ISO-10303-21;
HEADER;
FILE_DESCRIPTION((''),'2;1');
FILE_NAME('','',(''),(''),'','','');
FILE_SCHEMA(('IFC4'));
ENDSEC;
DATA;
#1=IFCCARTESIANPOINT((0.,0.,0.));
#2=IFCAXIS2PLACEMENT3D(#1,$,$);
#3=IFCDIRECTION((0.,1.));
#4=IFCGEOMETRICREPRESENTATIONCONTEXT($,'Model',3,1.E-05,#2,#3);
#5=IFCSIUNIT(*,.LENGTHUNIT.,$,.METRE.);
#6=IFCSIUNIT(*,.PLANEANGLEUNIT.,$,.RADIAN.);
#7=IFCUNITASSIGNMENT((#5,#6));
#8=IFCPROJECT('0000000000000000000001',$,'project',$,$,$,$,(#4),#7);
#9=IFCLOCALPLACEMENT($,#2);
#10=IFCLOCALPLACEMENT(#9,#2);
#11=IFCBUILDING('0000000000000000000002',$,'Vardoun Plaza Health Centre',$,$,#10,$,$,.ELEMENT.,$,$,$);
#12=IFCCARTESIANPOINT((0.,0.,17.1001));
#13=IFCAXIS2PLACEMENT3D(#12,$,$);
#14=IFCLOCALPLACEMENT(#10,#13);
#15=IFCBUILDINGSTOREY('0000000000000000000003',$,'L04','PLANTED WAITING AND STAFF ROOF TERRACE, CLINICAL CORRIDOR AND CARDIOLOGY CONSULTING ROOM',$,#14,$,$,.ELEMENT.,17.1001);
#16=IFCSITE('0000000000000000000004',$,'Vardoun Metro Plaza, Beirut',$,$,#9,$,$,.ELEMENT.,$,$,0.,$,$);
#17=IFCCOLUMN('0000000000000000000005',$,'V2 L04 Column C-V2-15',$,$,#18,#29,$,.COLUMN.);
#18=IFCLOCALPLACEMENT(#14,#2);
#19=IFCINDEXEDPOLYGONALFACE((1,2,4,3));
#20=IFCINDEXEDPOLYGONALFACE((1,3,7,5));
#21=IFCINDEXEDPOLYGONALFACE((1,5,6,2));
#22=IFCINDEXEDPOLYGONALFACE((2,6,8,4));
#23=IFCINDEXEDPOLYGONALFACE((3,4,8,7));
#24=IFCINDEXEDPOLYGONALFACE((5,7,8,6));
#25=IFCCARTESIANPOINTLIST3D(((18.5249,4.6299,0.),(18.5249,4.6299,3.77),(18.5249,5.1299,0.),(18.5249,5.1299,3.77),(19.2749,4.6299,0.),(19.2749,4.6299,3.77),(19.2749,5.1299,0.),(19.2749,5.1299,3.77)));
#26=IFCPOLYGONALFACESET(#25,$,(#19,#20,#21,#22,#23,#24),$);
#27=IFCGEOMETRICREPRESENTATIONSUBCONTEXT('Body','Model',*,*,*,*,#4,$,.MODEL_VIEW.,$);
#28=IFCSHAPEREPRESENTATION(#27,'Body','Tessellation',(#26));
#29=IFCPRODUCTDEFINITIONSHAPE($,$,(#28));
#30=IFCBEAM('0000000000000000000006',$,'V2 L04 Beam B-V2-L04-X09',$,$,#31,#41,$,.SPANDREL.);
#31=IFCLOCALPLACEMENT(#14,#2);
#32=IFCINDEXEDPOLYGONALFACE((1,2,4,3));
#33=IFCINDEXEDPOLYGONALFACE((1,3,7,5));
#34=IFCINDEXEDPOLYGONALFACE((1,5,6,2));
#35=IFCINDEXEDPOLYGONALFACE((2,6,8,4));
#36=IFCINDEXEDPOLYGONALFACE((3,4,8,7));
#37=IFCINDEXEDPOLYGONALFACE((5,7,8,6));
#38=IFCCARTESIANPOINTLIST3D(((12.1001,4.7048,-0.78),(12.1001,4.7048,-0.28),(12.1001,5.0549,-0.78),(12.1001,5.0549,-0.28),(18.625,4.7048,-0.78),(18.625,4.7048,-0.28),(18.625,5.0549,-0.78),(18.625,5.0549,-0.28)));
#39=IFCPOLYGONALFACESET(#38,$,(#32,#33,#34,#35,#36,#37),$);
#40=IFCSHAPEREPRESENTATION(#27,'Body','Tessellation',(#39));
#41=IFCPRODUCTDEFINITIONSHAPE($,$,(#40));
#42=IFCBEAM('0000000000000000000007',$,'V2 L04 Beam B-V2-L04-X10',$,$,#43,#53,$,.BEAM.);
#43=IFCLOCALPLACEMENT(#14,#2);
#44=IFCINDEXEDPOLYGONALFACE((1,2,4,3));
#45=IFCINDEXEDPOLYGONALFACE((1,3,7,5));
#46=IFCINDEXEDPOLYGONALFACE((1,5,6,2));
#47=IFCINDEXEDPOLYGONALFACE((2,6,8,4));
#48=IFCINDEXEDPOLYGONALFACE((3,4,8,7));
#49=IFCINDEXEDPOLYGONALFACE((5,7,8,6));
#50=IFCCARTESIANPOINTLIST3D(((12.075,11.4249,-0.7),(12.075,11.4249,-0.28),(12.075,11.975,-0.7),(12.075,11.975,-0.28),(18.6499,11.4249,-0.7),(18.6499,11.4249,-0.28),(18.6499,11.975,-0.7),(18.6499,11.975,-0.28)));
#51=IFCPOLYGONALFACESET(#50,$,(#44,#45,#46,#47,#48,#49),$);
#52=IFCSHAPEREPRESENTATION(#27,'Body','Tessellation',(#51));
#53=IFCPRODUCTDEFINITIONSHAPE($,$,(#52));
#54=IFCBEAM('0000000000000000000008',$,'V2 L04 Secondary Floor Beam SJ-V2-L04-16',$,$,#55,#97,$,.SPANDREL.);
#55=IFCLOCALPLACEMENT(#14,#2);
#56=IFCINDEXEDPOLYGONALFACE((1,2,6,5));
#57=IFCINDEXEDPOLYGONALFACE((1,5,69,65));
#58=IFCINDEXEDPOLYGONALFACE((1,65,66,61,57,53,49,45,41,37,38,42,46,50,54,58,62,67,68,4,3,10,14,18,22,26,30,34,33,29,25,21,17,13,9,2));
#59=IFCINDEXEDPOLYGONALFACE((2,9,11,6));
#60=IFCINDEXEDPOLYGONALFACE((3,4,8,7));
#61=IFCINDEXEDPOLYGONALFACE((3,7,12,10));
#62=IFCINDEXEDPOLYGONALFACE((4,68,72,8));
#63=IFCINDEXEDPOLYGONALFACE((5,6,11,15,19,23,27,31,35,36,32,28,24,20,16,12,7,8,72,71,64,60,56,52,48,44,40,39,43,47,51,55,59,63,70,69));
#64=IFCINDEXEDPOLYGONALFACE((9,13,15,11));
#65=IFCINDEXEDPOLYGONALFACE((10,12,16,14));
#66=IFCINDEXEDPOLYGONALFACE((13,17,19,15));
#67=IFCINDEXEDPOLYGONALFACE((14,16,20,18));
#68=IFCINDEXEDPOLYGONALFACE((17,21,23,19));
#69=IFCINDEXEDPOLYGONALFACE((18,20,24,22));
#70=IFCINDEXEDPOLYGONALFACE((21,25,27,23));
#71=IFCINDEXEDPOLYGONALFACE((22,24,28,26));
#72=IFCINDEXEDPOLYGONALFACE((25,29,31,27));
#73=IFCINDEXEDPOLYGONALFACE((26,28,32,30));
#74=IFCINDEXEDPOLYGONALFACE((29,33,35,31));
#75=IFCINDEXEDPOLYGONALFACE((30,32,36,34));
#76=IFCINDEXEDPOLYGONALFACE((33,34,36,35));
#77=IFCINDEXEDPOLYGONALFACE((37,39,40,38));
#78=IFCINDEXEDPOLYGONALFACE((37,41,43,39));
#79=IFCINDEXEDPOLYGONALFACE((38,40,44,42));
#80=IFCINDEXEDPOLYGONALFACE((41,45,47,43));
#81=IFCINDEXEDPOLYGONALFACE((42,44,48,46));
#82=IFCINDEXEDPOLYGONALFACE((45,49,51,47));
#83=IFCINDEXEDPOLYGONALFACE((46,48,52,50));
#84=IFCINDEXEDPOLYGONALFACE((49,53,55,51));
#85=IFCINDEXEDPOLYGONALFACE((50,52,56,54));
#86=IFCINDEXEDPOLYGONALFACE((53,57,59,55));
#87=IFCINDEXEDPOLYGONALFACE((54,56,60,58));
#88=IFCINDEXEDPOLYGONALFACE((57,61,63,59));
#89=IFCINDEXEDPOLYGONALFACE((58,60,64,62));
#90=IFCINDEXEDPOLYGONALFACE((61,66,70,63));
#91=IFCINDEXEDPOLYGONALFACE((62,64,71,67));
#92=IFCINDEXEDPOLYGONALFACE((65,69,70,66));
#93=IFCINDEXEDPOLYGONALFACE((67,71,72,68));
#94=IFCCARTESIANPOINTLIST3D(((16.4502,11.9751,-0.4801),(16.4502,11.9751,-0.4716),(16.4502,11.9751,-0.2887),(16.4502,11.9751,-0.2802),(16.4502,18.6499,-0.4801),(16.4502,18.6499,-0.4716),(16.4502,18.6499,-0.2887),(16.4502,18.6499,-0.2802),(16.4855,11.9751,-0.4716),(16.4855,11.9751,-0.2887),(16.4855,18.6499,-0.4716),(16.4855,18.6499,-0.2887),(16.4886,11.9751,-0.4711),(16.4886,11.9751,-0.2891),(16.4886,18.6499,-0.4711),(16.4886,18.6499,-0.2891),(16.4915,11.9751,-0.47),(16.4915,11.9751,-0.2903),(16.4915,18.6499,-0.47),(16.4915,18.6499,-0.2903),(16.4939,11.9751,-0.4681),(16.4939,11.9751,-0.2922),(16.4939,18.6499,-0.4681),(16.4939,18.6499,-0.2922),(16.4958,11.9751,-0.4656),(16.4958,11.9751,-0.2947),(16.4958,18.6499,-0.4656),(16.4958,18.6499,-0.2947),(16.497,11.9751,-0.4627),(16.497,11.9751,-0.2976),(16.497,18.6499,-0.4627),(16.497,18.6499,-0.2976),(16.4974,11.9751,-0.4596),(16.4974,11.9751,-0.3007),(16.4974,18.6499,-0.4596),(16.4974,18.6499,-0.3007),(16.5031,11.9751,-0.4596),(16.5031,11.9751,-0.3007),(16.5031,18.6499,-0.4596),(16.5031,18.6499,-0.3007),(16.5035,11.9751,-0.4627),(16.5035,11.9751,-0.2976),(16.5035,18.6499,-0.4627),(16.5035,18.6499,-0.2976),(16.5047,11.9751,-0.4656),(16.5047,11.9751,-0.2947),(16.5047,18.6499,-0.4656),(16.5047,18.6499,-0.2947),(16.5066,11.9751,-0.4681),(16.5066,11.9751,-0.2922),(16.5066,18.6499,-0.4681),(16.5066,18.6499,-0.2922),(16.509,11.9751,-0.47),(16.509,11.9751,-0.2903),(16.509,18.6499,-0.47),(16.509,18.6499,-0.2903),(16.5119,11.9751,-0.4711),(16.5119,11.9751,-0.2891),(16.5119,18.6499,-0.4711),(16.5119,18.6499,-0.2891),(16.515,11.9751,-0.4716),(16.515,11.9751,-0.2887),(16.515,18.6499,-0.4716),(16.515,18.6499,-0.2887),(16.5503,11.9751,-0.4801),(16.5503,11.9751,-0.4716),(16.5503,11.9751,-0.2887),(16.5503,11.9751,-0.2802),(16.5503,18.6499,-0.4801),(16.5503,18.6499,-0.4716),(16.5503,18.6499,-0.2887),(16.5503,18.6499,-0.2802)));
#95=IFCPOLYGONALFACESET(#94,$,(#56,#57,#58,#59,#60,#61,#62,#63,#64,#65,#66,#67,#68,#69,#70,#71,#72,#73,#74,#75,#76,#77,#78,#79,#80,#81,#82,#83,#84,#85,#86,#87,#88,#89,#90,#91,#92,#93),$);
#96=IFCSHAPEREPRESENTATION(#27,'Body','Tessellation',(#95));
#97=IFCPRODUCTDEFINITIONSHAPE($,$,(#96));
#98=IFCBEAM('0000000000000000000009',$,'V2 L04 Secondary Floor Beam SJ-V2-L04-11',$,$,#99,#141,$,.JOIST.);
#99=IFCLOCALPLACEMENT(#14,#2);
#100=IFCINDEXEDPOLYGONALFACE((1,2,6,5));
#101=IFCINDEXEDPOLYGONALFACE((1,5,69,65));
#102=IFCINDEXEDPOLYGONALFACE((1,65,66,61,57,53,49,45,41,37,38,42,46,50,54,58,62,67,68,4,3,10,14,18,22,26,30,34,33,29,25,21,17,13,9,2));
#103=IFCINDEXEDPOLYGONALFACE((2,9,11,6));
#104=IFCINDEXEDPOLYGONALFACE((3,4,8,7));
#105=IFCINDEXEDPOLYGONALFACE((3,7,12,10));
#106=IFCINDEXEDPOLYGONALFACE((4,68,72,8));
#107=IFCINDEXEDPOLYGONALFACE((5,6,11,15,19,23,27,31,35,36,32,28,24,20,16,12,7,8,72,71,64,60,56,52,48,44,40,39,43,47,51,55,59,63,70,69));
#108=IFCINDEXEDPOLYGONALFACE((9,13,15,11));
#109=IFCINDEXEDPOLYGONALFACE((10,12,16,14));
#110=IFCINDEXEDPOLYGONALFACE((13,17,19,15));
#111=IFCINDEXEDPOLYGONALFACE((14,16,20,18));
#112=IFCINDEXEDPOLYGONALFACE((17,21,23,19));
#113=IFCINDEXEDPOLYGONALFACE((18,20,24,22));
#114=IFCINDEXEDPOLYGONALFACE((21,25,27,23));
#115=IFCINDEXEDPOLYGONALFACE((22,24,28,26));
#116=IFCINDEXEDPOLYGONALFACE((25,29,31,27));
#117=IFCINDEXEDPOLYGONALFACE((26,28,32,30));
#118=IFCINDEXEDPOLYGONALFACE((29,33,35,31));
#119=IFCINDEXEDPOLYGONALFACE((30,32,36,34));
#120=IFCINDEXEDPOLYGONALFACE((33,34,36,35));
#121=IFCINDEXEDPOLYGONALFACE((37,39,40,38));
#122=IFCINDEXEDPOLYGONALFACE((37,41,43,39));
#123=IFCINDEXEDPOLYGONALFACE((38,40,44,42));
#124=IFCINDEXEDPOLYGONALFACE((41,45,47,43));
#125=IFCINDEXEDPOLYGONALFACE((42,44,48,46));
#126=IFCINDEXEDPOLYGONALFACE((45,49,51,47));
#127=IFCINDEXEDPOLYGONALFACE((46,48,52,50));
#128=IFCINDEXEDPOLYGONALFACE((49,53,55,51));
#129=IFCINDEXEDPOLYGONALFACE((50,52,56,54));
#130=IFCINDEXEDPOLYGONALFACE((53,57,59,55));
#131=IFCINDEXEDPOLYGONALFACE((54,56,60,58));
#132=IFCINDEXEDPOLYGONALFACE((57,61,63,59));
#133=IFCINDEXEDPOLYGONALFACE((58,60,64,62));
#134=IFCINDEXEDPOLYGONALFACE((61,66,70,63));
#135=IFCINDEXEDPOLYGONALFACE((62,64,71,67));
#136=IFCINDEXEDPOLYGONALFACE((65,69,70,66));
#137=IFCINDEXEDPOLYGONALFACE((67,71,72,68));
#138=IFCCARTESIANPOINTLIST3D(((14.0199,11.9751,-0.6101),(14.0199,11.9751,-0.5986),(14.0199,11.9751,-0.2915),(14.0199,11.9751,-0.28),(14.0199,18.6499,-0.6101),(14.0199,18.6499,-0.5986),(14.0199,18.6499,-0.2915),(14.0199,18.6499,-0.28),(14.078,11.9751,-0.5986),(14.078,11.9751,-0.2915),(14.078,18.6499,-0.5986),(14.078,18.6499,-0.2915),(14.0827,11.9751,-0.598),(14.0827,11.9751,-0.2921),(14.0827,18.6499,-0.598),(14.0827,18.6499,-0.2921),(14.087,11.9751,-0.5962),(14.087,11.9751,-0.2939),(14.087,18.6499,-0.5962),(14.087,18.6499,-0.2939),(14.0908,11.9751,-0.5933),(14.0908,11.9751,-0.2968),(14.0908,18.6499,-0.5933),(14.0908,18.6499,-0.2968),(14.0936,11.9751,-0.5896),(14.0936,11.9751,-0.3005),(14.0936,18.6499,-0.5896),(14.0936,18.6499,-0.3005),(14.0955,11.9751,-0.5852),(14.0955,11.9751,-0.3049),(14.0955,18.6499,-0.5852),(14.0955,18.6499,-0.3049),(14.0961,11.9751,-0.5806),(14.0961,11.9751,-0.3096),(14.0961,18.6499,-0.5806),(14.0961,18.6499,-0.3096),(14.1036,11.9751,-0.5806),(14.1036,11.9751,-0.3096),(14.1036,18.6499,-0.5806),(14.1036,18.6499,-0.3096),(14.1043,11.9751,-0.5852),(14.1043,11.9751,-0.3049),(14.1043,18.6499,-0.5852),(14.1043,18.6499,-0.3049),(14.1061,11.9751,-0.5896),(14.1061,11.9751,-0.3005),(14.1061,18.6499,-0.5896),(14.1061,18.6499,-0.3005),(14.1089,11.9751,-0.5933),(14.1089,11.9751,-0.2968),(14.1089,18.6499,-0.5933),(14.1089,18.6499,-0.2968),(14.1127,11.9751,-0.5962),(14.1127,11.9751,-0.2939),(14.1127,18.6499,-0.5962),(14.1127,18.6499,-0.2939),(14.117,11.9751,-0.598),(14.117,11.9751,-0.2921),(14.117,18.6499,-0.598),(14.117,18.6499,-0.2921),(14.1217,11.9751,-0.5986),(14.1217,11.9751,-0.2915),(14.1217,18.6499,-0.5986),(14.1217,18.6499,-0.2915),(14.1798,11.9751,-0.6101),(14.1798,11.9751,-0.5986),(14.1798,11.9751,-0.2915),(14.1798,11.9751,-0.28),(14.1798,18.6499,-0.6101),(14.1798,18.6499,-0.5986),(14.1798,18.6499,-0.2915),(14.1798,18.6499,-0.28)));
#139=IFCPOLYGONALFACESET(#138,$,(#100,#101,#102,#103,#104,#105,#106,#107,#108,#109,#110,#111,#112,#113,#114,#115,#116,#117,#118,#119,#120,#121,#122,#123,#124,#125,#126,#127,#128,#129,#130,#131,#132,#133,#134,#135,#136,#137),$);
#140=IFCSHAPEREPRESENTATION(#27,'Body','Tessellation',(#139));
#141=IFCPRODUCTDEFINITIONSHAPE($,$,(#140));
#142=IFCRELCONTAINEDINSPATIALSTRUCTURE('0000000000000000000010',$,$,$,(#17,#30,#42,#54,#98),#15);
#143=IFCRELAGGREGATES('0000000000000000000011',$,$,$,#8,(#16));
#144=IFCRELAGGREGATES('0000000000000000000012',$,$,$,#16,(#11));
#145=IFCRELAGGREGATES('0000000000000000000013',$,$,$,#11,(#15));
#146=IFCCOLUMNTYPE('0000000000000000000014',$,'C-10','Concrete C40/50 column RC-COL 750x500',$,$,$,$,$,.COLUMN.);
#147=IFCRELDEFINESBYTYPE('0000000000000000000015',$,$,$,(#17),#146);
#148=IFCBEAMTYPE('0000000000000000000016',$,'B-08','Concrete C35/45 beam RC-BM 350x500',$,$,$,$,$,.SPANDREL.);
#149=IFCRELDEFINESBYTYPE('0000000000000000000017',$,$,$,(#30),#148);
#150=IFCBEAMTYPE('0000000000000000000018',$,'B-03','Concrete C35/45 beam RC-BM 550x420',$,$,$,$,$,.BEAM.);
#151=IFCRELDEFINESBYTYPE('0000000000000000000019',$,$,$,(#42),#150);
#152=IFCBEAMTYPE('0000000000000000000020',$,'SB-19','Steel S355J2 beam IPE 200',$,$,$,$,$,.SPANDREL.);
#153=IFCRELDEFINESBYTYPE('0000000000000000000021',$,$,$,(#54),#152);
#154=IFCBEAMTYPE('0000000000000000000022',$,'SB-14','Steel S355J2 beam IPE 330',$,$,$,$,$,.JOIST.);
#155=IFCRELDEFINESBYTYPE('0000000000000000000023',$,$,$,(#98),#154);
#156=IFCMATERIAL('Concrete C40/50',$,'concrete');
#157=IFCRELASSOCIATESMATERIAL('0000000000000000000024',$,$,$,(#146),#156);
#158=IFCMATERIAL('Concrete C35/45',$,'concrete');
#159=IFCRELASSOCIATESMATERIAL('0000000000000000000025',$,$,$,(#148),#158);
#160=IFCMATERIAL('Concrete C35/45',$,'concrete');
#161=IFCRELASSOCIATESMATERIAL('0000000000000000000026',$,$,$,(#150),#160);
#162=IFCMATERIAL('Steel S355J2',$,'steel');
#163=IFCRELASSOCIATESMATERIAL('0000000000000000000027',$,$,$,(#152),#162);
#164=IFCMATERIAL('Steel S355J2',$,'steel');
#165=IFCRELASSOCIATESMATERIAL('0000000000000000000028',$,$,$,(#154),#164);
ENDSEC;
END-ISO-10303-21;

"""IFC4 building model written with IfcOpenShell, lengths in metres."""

from ifc_helpers import new_model, si_unit, direction, frame, origin, origin_2d, place, context, subcontext, project, spatial, rectangle, i_section, extrude, material, material_profile, profile_set, type_object, element, save


model = new_model("IFC4")

# Units and contexts
model_context = context("Model", 3, precision=1e-05, world=origin(), true_north=direction((0.0, 1.0)))
body_context = subcontext(model_context, "Body", "Model", "MODEL_VIEW")
ifc_project = project(units=[si_unit("LENGTHUNIT", "METRE"), si_unit("PLANEANGLEUNIT", "RADIAN")], contexts=[model_context])

# Site, building, storey
site_placement = place(None, origin())
site = spatial("IfcSite", under=ifc_project, at=site_placement, Name="Vardoun Metro Plaza, Beirut", CompositionType="ELEMENT", RefElevation=0.0)
building_placement = place(site_placement, origin())
building = spatial("IfcBuilding", under=site, at=building_placement, Name="Vardoun Plaza Health Centre", CompositionType="ELEMENT")
storey_placement = place(building_placement, frame((0.0, 0.0, 17.1001)))
storey = spatial("IfcBuildingStorey", under=building, at=storey_placement, Name="L04", Description="PLANTED WAITING AND STAFF ROOF TERRACE, CLINICAL CORRIDOR AND CARDIOLOGY CONSULTING ROOM", CompositionType="ELEMENT", Elevation=17.1001)

# Column
ifc_material_1 = material(Name="Concrete C40/50", Category="concrete")
ifc_material_profile_1 = material_profile(ifc_material_1, rectangle(XDim=0.75, YDim=0.5, at=origin_2d()), Name="RC-COL 750x500")
ifc_profile_set_1 = profile_set([ifc_material_profile_1], Name="Concrete C40/50")
column_type = type_object("IfcColumnType", Name="C-10", Description="Concrete C40/50 column RC-COL 750x500", PredefinedType="COLUMN", material=ifc_profile_set_1)
column_placement = place(storey_placement, frame((18.8999, 4.8799, 0.0), z_axis=(0.0, 0.0, 1.0), x_axis=(1.0, 0.0, 0.0)))
element("IfcColumn", 1, at=column_placement, inside=storey, type_object=column_type, Name="V2 L04 Column C-V2-15", PredefinedType="COLUMN", context=body_context, shape_type="SweptSolid", body=[
    extrude(rectangle(XDim=0.75, YDim=0.5, at=origin_2d()), origin(), (0.0, 0.0, 1.0), 3.77),
])

# Beams
ifc_material_2 = material(Name="Concrete C35/45", Category="concrete")
ifc_material_profile_2 = material_profile(ifc_material_2, rectangle(XDim=0.3501, YDim=0.5, at=origin_2d()), Name="RC-BM 350x500")
ifc_profile_set_2 = profile_set([ifc_material_profile_2], Name="Concrete C35/45")
beam_type_1 = type_object("IfcBeamType", Name="B-08", Description="Concrete C35/45 beam RC-BM 350x500", PredefinedType="SPANDREL", material=ifc_profile_set_2)
beam_1_placement = place(storey_placement, frame((12.1001, 4.8799, -0.53), z_axis=(1.0, 0.0, 0.0), x_axis=(0.0, 1.0, 0.0)))
element("IfcBeam", 2, at=beam_1_placement, inside=storey, type_object=beam_type_1, Name="V2 L04 Beam B-V2-L04-X09", PredefinedType="SPANDREL", context=body_context, shape_type="SweptSolid", body=[
    extrude(rectangle(XDim=0.3501, YDim=0.5, at=origin_2d()), origin(), (0.0, 0.0, 1.0), 6.5249),
])
ifc_material_3 = material(Name="Concrete C35/45", Category="concrete")
ifc_material_profile_3 = material_profile(ifc_material_3, rectangle(XDim=0.55, YDim=0.4199, at=origin_2d()), Name="RC-BM 550x420")
ifc_profile_set_3 = profile_set([ifc_material_profile_3], Name="Concrete C35/45")
beam_type_2 = type_object("IfcBeamType", Name="B-03", Description="Concrete C35/45 beam RC-BM 550x420", PredefinedType="BEAM", material=ifc_profile_set_3)
beam_2_placement = place(storey_placement, frame((12.075, 11.7, -0.49), z_axis=(1.0, 0.0, 0.0), x_axis=(0.0, 1.0, 0.0)))
element("IfcBeam", 3, at=beam_2_placement, inside=storey, type_object=beam_type_2, Name="V2 L04 Beam B-V2-L04-X10", PredefinedType="BEAM", context=body_context, shape_type="SweptSolid", body=[
    extrude(rectangle(XDim=0.55, YDim=0.4199, at=origin_2d()), origin(), (0.0, 0.0, 1.0), 6.575),
])
ifc_material_4 = material(Name="Steel S355J2", Category="steel")
ifc_material_profile_4 = material_profile(ifc_material_4, i_section(OverallWidth=0.1001, OverallDepth=0.2, WebThickness=0.0056, FlangeThickness=0.0085, FilletRadius=0.012, at=origin_2d()), Name="IPE 200")
ifc_profile_set_4 = profile_set([ifc_material_profile_4], Name="Steel S355J2")
beam_type_3 = type_object("IfcBeamType", Name="SB-19", Description="Steel S355J2 beam IPE 200", PredefinedType="SPANDREL", material=ifc_profile_set_4)
beam_3_placement = place(storey_placement, frame((16.5002, 11.9751, -0.3801), z_axis=(0.0, 1.0, 0.0), x_axis=(-1.0, 0.0, 0.0)))
element("IfcBeam", 4, at=beam_3_placement, inside=storey, type_object=beam_type_3, Name="V2 L04 Secondary Floor Beam SJ-V2-L04-16", PredefinedType="SPANDREL", context=body_context, shape_type="SweptSolid", body=[
    extrude(i_section(OverallWidth=0.1001, OverallDepth=0.2, WebThickness=0.0056, FlangeThickness=0.0085, FilletRadius=0.012, at=origin_2d()), origin(), (0.0, 0.0, 1.0), 6.6748),
])
ifc_material_5 = material(Name="Steel S355J2", Category="steel")
ifc_material_profile_5 = material_profile(ifc_material_5, i_section(OverallWidth=0.1599, OverallDepth=0.3301, WebThickness=0.0076, FlangeThickness=0.0115, FilletRadius=0.0181, at=origin_2d()), Name="IPE 330")
ifc_profile_set_5 = profile_set([ifc_material_profile_5], Name="Steel S355J2")
beam_type_4 = type_object("IfcBeamType", Name="SB-14", Description="Steel S355J2 beam IPE 330", PredefinedType="JOIST", material=ifc_profile_set_5)
beam_4_placement = place(storey_placement, frame((14.0999, 11.9751, -0.4451), z_axis=(0.0, 1.0, 0.0), x_axis=(-1.0, 0.0, 0.0)))
element("IfcBeam", 5, at=beam_4_placement, inside=storey, type_object=beam_type_4, Name="V2 L04 Secondary Floor Beam SJ-V2-L04-11", PredefinedType="JOIST", context=body_context, shape_type="SweptSolid", body=[
    extrude(i_section(OverallWidth=0.1599, OverallDepth=0.3301, WebThickness=0.0076, FlangeThickness=0.0115, FilletRadius=0.0181, at=origin_2d()), origin(), (0.0, 0.0, 1.0), 6.6748),
])

save(model, "model.ifc")
